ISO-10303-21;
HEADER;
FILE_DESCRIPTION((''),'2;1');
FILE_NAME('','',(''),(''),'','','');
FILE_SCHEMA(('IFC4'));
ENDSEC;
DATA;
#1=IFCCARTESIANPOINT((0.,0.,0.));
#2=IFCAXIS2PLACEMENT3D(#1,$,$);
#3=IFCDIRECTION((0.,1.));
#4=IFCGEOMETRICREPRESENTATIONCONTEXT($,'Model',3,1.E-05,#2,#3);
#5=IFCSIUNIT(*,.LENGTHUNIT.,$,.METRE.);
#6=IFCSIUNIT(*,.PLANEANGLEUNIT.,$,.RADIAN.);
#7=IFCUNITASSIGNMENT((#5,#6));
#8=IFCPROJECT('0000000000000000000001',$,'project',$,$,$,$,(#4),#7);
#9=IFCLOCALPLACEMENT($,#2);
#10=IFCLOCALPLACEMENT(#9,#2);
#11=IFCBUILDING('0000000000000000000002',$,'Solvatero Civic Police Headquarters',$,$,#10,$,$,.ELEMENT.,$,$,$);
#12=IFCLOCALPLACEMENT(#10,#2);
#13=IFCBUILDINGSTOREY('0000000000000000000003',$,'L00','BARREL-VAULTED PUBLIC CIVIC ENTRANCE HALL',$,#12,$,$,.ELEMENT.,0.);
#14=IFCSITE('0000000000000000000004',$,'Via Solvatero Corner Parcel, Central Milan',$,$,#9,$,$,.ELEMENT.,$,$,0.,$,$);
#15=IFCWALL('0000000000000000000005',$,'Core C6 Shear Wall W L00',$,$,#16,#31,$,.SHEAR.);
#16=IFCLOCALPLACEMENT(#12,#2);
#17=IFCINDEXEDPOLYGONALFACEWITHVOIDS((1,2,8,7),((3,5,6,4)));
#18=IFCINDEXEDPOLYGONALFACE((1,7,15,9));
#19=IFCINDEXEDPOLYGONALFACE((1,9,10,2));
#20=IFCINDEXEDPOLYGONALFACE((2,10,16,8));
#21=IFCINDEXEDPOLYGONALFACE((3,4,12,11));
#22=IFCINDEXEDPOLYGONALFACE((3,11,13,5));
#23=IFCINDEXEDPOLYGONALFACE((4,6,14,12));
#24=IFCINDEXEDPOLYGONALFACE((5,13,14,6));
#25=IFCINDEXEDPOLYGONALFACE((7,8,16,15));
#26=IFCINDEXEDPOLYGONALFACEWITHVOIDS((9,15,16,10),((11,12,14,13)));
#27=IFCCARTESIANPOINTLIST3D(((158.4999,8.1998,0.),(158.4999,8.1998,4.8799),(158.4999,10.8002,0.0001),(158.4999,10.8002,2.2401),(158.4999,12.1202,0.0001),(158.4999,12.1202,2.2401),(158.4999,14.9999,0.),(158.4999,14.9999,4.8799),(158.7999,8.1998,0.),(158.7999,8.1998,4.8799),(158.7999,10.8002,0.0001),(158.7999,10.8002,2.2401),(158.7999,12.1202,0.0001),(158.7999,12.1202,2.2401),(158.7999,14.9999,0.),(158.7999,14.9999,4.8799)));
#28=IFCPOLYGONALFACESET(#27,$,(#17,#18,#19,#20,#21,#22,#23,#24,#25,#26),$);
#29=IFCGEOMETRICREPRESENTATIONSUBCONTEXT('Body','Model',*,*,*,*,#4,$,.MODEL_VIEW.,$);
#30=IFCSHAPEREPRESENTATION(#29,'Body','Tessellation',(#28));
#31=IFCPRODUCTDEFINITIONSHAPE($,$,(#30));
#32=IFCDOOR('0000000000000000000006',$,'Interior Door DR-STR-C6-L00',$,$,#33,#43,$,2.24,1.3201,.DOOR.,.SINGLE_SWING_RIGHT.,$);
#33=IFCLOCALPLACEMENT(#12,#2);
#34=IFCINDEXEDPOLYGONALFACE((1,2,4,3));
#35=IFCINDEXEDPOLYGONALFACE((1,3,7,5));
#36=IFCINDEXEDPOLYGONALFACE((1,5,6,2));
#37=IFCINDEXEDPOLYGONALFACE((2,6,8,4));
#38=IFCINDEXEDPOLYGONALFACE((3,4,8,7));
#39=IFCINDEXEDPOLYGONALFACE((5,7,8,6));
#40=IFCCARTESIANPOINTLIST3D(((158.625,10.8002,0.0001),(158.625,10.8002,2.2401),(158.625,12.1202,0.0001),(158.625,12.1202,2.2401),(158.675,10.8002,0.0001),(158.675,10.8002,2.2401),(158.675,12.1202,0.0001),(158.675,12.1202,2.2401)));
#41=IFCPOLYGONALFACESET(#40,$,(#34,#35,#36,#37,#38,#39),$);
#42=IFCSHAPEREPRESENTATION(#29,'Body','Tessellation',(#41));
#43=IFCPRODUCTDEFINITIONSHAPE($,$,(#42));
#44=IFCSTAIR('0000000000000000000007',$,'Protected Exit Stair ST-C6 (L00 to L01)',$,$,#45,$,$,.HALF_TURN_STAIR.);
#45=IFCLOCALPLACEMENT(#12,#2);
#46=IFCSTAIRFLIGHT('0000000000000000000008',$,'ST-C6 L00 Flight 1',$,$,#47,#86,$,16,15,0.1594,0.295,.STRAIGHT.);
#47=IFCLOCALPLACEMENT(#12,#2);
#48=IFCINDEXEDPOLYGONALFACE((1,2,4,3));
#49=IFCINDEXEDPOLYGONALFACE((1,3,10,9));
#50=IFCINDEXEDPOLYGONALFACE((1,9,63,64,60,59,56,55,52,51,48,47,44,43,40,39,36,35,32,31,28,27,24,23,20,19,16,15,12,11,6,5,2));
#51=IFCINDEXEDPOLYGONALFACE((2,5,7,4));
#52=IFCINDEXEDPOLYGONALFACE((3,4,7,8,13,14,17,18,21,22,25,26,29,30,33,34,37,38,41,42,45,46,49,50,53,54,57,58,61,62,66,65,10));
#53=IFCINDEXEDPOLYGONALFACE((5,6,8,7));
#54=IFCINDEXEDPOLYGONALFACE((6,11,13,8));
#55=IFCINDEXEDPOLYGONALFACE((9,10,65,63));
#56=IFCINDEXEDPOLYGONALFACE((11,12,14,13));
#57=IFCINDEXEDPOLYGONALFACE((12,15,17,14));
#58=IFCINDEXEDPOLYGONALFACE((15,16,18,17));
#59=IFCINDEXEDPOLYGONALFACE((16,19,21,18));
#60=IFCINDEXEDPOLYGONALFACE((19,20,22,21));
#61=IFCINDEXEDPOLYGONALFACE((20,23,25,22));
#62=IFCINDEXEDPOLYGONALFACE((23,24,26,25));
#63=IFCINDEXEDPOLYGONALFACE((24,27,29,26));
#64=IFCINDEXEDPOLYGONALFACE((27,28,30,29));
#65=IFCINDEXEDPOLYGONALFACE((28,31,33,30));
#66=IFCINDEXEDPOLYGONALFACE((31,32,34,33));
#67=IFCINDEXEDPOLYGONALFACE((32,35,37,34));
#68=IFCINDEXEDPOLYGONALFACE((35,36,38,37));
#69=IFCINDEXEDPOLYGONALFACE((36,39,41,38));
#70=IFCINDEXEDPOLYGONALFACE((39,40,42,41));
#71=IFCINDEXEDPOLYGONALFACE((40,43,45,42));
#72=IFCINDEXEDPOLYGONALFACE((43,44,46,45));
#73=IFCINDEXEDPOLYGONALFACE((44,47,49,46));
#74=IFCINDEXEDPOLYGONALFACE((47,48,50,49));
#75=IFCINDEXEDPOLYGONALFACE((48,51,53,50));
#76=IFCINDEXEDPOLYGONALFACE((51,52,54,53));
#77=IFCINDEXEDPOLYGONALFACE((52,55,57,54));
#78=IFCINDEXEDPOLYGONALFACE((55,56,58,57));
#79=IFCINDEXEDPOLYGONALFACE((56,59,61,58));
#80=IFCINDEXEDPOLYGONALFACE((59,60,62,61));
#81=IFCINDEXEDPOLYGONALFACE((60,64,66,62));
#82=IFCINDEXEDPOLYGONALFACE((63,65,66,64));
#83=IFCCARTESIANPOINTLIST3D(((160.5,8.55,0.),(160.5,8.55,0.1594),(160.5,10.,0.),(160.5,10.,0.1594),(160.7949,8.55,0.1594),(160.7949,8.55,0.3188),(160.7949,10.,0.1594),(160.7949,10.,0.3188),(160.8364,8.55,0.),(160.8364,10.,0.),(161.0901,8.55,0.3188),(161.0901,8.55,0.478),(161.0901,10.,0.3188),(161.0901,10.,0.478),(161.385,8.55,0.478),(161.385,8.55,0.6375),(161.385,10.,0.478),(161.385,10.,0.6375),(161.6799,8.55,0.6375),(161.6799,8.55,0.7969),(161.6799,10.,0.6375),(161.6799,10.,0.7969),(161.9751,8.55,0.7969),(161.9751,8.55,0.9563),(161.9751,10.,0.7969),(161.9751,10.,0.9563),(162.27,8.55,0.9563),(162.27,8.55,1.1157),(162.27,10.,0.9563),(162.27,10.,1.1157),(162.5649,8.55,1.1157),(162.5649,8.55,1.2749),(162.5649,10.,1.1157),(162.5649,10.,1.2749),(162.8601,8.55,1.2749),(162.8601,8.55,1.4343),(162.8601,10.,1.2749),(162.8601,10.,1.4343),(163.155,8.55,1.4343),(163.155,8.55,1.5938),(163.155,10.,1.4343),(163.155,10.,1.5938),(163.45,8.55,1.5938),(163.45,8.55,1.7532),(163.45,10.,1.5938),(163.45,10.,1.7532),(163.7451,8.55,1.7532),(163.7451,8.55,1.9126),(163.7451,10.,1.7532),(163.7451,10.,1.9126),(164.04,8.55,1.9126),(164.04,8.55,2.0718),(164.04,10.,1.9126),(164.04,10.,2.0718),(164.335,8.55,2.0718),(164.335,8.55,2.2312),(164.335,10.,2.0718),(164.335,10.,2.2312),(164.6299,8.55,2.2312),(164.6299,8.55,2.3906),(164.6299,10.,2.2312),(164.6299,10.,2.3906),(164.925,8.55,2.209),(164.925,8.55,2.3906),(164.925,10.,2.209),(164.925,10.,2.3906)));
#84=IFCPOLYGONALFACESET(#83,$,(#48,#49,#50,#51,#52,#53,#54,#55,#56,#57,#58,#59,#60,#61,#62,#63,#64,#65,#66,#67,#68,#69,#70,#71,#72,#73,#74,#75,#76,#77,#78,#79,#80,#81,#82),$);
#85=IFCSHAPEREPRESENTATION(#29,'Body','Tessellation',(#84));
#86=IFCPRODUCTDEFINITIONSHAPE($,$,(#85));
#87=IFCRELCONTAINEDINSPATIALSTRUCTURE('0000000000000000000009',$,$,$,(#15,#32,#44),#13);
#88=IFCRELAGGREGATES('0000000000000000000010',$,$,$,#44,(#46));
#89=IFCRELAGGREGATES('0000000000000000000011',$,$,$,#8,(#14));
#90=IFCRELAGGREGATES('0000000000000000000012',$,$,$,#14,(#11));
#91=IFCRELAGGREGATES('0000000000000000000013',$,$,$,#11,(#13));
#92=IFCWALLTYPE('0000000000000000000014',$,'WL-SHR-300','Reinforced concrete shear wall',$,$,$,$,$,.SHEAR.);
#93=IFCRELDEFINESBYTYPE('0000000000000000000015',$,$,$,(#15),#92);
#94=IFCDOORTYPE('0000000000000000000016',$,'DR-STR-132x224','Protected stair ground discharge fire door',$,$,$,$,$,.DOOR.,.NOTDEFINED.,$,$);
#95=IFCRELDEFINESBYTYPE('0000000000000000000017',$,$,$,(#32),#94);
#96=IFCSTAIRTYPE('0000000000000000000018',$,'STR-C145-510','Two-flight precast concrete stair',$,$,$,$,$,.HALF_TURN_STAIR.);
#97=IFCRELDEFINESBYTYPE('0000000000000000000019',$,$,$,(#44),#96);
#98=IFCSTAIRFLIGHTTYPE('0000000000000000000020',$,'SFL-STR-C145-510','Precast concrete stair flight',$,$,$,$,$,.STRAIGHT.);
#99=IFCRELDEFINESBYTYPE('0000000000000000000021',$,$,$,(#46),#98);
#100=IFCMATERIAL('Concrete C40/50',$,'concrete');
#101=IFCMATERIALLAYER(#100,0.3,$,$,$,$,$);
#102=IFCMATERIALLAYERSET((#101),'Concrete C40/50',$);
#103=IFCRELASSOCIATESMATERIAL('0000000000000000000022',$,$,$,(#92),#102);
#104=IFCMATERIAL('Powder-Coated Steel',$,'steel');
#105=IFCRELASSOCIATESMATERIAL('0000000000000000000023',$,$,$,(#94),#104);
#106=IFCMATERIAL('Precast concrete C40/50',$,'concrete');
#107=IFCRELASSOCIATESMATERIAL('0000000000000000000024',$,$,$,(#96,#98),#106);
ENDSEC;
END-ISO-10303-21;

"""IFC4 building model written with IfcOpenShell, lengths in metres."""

from ifc_helpers import new_model, si_unit, direction, frame, frame_2d, origin, place, context, subcontext, project, spatial, polyline, rectangle, outline, extrude, material, layer, layer_set, type_object, element, fill, aggregate, save


model = new_model("IFC4")

# Units and contexts
model_context = context("Model", 3, precision=1e-05, world=origin(), true_north=direction((0.0, 1.0)))
body_context = subcontext(model_context, "Body", "Model", "MODEL_VIEW")
ifc_project = project(units=[si_unit("LENGTHUNIT", "METRE"), si_unit("PLANEANGLEUNIT", "RADIAN")], contexts=[model_context])

# Site, building, storey
site_placement = place(None, origin())
site = spatial("IfcSite", under=ifc_project, at=site_placement, Name="Via Solvatero Corner Parcel, Central Milan", CompositionType="ELEMENT", RefElevation=0.0)
building_placement = place(site_placement, origin())
building = spatial("IfcBuilding", under=site, at=building_placement, Name="Solvatero Civic Police Headquarters", CompositionType="ELEMENT")
storey_placement = place(building_placement, origin())
storey = spatial("IfcBuildingStorey", under=building, at=storey_placement, Name="L00", Description="BARREL-VAULTED PUBLIC CIVIC ENTRANCE HALL", CompositionType="ELEMENT", Elevation=0.0)

# Shared definitions
ifc_material_1 = material(Name="Concrete C40/50", Category="concrete")

# Shared definitions
ifc_material_2 = material(Name="Powder-Coated Steel", Category="steel")

# Shared definitions
ifc_layer_1 = layer(ifc_material_1, 0.3)
ifc_layer_set_1 = layer_set([ifc_layer_1], Name="Concrete C40/50")
wall_type_1 = type_object("IfcWallType", Name="WL-SHR-300", Description="Reinforced concrete shear wall", PredefinedType="SHEAR", material=ifc_layer_set_1)

# Wall, opening, door
wall_1_placement = place(storey_placement, frame((158.6499, 8.2, 0.0), z_axis=(0.0, 0.0, 1.0), x_axis=(0.0, 1.0, 0.0)))
wall_1 = element("IfcWall", 1, at=wall_1_placement, inside=storey, type_object=wall_type_1, Name="Core C6 Shear Wall W L00", PredefinedType="SHEAR", context=body_context, shape_type="SweptSolid", body=[
    extrude(rectangle(XDim=6.8, YDim=0.3, at=frame_2d((3.3999, 0.0))), origin(), (0.0, 0.0, 1.0), 4.8799),
])
opening_1_placement = place(wall_1_placement, frame((2.6001, 0.0, 0.0)))
opening_1 = element("IfcOpeningElement", 2, at=opening_1_placement, cuts=wall_1, PredefinedType="OPENING", context=body_context, shape_type="SweptSolid", body=[
    extrude(rectangle(XDim=1.3201, YDim=2.24, at=frame_2d((0.6602, 1.1201))), frame((0.0, 0.1599, 0.0), z_axis=(0.0, -1.0, 0.0), x_axis=(1.0, 0.0, 0.0)), (0.0, 0.0, 1.0), 0.3201),
])
door_type_1 = type_object("IfcDoorType", Name="DR-STR-132x224", Description="Protected stair ground discharge fire door", OperationType="NOTDEFINED", PredefinedType="DOOR", material=ifc_material_2)
door_1_placement = place(opening_1_placement, origin())
door_1 = element("IfcDoor", 3, at=door_1_placement, inside=storey, type_object=door_type_1, Name="Interior Door DR-STR-C6-L00", OperationType="SINGLE_SWING_RIGHT", OverallHeight=2.24, OverallWidth=1.3201, PredefinedType="DOOR", context=body_context, shape_type="SweptSolid", body=[
    extrude(rectangle(XDim=1.3201, YDim=2.24, at=frame_2d((0.6602, 1.1201))), frame((0.0, 0.0249, 0.0), z_axis=(0.0, -1.0, 0.0), x_axis=(1.0, 0.0, 0.0)), (0.0, 0.0, 1.0), 0.05),
])
fill(opening_1, door_1)

# Stair, stair flight
ifc_material_3 = material(Name="Precast concrete C40/50", Category="concrete")
stair_type = type_object("IfcStairType", Name="STR-C145-510", Description="Two-flight precast concrete stair", PredefinedType="HALF_TURN_STAIR", material=ifc_material_3)
stair_placement = place(storey_placement, origin())
stair = element("IfcStair", 4, at=stair_placement, inside=storey, type_object=stair_type, Name="Protected Exit Stair ST-C6 (L00 to L01)", PredefinedType="HALF_TURN_STAIR")
stair_flight_type = type_object("IfcStairFlightType", Name="SFL-STR-C145-510", Description="Precast concrete stair flight", PredefinedType="STRAIGHT", material=ifc_material_3)
stair_flight_placement = place(storey_placement, frame((160.5, 9.2749, 0.0), z_axis=(0.0, 0.0, 1.0), x_axis=(1.0, 0.0, 0.0)))
stair_flight = element("IfcStairFlight", 5, at=stair_flight_placement, type_object=stair_flight_type, Name="ST-C6 L00 Flight 1", NumberOfRisers=16, NumberOfTreads=15, PredefinedType="STRAIGHT", RiserHeight=0.1594, TreadLength=0.295, context=body_context, shape_type="SweptSolid", body=[
    extrude(outline(polyline([(0.0, 0.0), (0.0, 0.1594), (0.2949, 0.1594), (0.2949, 0.3188), (0.5901, 0.3188), (0.5901, 0.478), (0.885, 0.478), (0.885, 0.6375), (1.1799, 0.6375), (1.1799, 0.7969), (1.4751, 0.7969), (1.4751, 0.9563), (1.77, 0.9563), (1.77, 1.1157), (2.0649, 1.1157), (2.0649, 1.2749), (2.3601, 1.2749), (2.3601, 1.4343), (2.655, 1.4343), (2.655, 1.5938), (2.95, 1.5938), (2.95, 1.7532), (3.2451, 1.7532), (3.2451, 1.9126), (3.54, 1.9126), (3.54, 2.0718), (3.835, 2.0718), (3.835, 2.2312), (4.1299, 2.2312), (4.1299, 2.3906), (4.425, 2.3906), (4.425, 2.55), (4.425, 2.209), (0.3364, 0.0), (0.0, 0.0)])), frame((0.0, 0.7251, 0.0), z_axis=(0.0, -1.0, 0.0), x_axis=(1.0, 0.0, 0.0)), (0.0, 0.0, 1.0), 1.45),
])
aggregate(stair, [stair_flight])

save(model, "model.ifc")
